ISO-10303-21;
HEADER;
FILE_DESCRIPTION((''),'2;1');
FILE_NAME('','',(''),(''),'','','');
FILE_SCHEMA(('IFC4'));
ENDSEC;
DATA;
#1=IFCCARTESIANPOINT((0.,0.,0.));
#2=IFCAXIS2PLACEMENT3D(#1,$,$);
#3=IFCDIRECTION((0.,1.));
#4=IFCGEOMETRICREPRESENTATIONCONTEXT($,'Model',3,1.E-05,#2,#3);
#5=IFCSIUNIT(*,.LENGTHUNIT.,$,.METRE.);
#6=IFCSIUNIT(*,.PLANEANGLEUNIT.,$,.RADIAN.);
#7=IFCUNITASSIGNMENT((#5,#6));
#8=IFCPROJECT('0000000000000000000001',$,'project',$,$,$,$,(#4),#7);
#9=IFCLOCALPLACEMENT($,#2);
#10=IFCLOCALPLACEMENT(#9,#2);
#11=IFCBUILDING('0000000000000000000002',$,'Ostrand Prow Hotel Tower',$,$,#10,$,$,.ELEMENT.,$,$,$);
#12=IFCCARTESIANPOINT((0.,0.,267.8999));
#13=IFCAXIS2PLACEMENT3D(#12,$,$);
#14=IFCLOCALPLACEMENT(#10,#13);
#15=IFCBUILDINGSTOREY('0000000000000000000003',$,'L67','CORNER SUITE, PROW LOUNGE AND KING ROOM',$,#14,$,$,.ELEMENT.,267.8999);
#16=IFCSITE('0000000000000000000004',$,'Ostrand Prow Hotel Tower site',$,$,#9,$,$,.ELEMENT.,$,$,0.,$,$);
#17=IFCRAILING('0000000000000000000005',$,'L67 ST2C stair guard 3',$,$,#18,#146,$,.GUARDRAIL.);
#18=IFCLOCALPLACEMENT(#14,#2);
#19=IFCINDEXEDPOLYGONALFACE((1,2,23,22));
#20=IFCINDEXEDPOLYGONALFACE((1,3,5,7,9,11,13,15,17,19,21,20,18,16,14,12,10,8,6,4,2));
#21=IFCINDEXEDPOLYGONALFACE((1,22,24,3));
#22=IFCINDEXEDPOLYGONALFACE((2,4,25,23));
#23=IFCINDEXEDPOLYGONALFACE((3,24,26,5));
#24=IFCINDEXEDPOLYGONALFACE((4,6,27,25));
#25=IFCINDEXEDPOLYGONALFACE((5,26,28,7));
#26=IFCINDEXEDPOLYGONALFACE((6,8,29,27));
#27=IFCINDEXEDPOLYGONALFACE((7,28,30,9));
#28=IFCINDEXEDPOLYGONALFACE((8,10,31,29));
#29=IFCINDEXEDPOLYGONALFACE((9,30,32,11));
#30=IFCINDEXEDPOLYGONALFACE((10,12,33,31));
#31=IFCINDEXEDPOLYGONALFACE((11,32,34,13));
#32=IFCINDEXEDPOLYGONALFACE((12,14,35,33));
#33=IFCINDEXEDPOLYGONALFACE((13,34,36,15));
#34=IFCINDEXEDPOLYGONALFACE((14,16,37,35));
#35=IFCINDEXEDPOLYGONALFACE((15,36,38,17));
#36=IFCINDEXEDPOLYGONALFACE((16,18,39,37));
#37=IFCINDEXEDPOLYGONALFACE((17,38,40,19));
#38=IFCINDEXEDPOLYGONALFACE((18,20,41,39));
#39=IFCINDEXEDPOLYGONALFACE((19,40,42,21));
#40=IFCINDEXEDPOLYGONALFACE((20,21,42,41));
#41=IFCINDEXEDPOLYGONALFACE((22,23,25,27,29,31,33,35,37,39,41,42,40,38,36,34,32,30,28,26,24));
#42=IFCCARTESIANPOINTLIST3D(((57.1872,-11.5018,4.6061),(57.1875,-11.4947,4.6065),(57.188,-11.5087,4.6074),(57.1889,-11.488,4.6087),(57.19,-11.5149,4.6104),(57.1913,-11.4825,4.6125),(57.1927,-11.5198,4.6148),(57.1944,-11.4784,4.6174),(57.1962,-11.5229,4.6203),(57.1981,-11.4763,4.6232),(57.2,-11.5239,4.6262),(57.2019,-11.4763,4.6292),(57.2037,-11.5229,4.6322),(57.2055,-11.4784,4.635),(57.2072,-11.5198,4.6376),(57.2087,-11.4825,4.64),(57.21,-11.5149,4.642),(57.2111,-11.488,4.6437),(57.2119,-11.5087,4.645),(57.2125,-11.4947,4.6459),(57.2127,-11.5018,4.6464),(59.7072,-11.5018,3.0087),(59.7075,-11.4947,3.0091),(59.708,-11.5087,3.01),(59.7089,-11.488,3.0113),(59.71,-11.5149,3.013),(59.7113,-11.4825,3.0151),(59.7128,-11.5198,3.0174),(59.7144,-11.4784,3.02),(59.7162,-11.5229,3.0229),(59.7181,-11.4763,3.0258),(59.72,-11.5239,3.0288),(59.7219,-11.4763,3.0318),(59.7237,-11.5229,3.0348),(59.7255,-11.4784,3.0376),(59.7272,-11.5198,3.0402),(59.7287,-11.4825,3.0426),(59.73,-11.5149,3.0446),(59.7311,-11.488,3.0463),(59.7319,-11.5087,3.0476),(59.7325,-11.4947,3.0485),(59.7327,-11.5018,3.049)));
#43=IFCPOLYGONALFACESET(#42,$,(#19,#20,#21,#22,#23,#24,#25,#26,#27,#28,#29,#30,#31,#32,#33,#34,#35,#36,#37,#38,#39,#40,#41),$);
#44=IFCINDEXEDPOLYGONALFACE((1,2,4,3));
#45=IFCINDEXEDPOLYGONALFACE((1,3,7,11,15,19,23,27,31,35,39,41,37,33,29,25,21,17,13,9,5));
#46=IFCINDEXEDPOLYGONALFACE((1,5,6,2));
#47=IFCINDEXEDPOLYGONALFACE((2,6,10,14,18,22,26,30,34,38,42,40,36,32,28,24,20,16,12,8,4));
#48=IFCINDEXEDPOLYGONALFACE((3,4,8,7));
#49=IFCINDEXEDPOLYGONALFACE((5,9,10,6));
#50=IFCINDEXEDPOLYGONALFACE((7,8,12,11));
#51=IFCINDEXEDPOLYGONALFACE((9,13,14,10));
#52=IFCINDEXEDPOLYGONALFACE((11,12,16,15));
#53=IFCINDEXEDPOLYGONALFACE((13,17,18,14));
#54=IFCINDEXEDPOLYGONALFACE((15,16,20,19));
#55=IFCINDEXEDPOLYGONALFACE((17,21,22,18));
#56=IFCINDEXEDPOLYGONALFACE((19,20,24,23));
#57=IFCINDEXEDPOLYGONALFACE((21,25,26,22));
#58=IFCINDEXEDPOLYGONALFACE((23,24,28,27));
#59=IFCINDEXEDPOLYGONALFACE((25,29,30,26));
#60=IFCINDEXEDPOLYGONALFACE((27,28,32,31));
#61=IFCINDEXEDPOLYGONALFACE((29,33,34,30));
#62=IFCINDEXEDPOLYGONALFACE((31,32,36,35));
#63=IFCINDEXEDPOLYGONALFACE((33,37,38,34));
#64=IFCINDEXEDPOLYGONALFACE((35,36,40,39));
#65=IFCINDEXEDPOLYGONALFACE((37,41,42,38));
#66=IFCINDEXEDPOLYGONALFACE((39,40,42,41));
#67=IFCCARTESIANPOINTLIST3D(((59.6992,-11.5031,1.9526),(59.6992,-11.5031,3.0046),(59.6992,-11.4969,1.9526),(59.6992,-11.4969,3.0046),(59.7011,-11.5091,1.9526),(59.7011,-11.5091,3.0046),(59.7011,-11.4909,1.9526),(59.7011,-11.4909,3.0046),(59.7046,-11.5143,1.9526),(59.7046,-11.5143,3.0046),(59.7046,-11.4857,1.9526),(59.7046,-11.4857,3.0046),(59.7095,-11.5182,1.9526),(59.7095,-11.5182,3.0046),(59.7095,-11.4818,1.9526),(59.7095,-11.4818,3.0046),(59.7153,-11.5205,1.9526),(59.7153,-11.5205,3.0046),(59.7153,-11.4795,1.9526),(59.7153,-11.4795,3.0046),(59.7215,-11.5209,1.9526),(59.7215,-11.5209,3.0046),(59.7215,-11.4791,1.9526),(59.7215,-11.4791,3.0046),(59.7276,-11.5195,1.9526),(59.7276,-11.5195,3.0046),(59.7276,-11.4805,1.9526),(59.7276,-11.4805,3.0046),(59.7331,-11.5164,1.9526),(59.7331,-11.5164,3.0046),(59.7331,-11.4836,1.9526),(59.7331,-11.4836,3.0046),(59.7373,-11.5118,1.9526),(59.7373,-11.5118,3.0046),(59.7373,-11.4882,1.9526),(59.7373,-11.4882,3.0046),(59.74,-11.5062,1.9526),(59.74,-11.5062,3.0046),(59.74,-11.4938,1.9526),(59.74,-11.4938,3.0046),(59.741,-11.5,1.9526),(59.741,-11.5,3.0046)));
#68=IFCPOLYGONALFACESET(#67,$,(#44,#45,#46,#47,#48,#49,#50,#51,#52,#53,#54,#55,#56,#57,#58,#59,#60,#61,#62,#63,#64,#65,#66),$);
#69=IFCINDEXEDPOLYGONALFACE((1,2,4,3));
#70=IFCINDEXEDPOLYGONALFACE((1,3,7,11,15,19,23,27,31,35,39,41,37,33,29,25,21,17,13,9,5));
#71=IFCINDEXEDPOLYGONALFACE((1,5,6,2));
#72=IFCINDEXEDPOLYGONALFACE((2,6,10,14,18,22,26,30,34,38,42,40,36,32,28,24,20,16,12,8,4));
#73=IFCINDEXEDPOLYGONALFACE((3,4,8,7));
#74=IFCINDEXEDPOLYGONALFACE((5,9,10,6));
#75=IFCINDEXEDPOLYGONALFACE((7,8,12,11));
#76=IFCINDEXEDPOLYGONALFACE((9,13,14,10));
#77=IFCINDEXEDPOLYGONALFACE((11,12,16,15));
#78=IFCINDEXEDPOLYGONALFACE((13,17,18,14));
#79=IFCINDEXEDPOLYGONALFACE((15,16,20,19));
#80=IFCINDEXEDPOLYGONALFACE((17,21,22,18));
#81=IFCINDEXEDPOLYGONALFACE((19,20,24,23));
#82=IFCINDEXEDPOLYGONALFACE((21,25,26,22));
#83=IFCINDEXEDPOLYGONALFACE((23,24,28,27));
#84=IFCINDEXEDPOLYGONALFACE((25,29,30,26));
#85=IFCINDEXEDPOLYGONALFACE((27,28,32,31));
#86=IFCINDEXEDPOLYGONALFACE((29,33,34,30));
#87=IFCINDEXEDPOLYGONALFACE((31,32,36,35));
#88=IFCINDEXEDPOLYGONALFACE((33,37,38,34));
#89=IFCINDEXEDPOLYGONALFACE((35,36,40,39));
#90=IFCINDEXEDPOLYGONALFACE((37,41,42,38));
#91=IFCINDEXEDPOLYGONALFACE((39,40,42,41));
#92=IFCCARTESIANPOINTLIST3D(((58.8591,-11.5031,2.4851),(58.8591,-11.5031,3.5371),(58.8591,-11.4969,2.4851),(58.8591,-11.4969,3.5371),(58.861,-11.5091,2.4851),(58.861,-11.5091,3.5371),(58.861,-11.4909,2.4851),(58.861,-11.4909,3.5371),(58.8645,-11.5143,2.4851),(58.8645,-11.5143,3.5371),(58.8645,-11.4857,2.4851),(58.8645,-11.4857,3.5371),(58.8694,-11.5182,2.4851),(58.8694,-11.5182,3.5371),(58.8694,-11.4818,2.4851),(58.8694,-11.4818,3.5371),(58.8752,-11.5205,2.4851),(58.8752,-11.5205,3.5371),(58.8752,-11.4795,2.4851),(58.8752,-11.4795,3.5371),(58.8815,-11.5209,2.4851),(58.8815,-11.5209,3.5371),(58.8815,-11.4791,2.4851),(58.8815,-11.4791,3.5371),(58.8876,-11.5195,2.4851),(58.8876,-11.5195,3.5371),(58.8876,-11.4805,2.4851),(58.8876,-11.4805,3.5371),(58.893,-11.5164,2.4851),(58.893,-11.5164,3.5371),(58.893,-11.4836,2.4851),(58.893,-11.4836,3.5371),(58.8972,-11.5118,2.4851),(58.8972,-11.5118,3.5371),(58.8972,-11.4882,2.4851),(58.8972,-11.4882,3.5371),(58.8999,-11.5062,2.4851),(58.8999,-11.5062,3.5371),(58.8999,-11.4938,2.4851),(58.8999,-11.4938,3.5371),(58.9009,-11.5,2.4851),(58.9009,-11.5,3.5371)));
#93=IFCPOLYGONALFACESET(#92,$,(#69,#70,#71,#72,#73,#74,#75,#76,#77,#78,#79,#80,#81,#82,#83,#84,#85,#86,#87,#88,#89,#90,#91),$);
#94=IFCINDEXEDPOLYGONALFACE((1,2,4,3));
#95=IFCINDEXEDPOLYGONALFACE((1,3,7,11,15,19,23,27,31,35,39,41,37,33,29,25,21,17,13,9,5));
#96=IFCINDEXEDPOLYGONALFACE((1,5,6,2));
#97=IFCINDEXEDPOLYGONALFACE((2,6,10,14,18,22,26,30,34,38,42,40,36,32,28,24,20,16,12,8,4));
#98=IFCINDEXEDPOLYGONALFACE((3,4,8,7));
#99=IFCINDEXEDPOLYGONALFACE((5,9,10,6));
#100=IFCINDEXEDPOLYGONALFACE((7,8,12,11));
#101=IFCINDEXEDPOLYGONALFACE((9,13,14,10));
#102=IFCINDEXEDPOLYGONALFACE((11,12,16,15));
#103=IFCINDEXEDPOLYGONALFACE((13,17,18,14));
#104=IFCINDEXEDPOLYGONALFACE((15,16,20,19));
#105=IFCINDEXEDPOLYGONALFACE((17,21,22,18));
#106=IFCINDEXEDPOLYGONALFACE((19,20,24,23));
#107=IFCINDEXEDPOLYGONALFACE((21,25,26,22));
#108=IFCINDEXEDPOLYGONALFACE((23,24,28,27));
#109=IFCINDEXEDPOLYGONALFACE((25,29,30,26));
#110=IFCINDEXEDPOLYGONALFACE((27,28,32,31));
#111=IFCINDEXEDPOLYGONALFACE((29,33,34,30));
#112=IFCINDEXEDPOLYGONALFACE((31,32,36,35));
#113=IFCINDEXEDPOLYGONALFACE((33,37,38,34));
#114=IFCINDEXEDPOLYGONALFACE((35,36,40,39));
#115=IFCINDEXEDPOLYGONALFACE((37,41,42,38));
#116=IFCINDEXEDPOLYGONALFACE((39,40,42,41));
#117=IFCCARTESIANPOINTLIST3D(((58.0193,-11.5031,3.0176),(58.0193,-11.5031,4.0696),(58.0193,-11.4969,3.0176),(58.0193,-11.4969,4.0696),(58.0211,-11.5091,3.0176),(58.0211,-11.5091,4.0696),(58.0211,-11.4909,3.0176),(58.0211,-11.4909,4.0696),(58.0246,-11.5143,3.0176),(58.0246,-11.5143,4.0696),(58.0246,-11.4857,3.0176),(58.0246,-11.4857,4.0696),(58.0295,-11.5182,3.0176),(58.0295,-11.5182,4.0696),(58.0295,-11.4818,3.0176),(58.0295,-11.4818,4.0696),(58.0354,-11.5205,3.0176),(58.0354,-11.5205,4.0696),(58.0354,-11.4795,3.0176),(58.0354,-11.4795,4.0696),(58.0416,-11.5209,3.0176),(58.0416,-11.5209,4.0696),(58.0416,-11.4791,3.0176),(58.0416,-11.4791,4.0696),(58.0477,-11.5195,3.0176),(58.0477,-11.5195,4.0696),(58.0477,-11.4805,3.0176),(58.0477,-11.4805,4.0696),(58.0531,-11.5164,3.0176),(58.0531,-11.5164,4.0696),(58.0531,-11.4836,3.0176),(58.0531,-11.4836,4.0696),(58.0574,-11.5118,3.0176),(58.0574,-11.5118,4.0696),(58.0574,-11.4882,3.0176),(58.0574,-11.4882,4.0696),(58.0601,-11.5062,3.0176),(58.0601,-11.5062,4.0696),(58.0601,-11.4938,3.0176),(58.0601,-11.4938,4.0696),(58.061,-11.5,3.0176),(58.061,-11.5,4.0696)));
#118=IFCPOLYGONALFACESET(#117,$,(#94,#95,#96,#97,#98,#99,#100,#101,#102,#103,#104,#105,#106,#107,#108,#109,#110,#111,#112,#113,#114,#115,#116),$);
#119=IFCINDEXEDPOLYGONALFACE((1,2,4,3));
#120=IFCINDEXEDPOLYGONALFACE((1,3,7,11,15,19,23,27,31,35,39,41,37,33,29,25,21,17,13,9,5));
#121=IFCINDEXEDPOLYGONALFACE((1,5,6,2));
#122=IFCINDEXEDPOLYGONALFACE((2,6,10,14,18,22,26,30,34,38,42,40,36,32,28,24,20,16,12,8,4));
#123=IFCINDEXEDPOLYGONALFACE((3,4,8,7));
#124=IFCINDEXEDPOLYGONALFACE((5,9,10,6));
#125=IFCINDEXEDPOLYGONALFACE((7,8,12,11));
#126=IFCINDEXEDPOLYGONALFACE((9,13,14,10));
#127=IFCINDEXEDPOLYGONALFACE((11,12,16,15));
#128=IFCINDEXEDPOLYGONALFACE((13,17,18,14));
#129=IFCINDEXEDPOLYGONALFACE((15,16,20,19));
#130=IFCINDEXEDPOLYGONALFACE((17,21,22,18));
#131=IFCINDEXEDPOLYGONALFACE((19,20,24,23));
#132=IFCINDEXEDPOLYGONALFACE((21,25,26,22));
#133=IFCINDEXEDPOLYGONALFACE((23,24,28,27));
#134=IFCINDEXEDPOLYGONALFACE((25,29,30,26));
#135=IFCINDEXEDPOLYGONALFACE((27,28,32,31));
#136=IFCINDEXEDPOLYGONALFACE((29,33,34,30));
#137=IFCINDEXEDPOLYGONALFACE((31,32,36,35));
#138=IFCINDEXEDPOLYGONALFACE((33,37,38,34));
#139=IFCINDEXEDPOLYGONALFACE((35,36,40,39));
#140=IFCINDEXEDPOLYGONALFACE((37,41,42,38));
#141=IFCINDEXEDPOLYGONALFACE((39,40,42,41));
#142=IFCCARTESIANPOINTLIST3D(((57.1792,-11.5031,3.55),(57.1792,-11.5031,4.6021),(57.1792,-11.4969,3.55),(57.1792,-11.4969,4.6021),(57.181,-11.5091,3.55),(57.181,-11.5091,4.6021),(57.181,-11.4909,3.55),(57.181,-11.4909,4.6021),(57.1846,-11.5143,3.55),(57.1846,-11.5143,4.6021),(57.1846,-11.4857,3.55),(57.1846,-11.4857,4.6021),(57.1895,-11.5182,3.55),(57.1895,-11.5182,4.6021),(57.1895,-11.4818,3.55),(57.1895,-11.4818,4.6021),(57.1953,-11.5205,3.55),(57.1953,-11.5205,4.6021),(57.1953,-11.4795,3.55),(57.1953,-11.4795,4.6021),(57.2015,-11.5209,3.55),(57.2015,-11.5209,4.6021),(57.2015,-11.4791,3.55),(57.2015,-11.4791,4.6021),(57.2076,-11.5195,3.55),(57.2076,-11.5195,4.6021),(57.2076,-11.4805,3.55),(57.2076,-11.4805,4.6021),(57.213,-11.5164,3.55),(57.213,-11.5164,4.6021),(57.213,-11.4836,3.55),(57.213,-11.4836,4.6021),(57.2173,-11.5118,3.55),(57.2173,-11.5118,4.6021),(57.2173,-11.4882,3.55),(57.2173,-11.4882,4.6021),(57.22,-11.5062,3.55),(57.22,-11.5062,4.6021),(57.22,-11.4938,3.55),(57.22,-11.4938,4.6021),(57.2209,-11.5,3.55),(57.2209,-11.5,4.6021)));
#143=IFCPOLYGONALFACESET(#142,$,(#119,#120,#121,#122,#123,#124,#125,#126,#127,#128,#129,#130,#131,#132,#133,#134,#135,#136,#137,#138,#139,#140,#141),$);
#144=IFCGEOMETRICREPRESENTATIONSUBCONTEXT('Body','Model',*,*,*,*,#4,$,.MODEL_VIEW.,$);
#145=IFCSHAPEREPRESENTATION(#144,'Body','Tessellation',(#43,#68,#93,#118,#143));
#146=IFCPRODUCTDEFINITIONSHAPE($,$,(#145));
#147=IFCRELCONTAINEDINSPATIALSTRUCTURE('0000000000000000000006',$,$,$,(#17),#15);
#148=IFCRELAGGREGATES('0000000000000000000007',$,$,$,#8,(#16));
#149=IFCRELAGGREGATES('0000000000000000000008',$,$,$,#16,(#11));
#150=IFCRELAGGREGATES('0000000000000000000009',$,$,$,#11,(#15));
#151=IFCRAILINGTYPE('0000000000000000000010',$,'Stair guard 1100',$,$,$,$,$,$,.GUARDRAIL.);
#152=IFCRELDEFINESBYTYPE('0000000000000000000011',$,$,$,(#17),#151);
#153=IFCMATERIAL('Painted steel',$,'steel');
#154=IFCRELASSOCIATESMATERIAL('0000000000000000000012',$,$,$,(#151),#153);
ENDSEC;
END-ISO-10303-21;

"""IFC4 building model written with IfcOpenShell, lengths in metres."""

from ifc_helpers import new_model, si_unit, direction, frame, origin, origin_2d, place, context, subcontext, project, spatial, circle, extrude, material, type_object, element, save


model = new_model("IFC4")

# Units and contexts
model_context = context("Model", 3, precision=1e-05, world=origin(), true_north=direction((0.0, 1.0)))
body_context = subcontext(model_context, "Body", "Model", "MODEL_VIEW")
ifc_project = project(units=[si_unit("LENGTHUNIT", "METRE"), si_unit("PLANEANGLEUNIT", "RADIAN")], contexts=[model_context])

# Site, building, storey
site_placement = place(None, origin())
site = spatial("IfcSite", under=ifc_project, at=site_placement, Name="Ostrand Prow Hotel Tower site", CompositionType="ELEMENT", RefElevation=0.0)
building_placement = place(site_placement, origin())
building = spatial("IfcBuilding", under=site, at=building_placement, Name="Ostrand Prow Hotel Tower", CompositionType="ELEMENT")
storey_placement = place(building_placement, frame((0.0, 0.0, 267.8999)))
storey = spatial("IfcBuildingStorey", under=building, at=storey_placement, Name="L67", Description="CORNER SUITE, PROW LOUNGE AND KING ROOM", CompositionType="ELEMENT", Elevation=267.8999)

# Railing
ifc_material_1 = material(Name="Painted steel", Category="steel")
railing_type_1 = type_object("IfcRailingType", Name="Stair guard 1100", PredefinedType="GUARDRAIL", material=ifc_material_1)
railing_1_placement = place(storey_placement, frame((59.72, -11.5, 1.9526)))
element("IfcRailing", 1, at=railing_1_placement, inside=storey, type_object=railing_type_1, Name="L67 ST2C stair guard 3", PredefinedType="GUARDRAIL", context=body_context, shape_type="SweptSolid", body=[
    extrude(circle(Radius=0.0239, at=origin_2d()), frame((0.0, 0.0, 1.0762), z_axis=(-0.844607, 0.0, 0.535387), x_axis=(0.0, -1.0, 0.0)), (0.0, 0.0, 1.0), 2.9836),
    extrude(circle(Radius=0.021, at=origin_2d()), origin(), (0.0, 0.0, 1.0), 1.052),
    extrude(circle(Radius=0.021, at=origin_2d()), frame((-0.8401, 0.0, 0.5325)), (0.0, 0.0, 1.0), 1.052),
    extrude(circle(Radius=0.021, at=origin_2d()), frame((-1.6799, 0.0, 1.0649)), (0.0, 0.0, 1.0), 1.052),
    extrude(circle(Radius=0.021, at=origin_2d()), frame((-2.52, 0.0, 1.5974)), (0.0, 0.0, 1.0), 1.052),
])

save(model, "model.ifc")
